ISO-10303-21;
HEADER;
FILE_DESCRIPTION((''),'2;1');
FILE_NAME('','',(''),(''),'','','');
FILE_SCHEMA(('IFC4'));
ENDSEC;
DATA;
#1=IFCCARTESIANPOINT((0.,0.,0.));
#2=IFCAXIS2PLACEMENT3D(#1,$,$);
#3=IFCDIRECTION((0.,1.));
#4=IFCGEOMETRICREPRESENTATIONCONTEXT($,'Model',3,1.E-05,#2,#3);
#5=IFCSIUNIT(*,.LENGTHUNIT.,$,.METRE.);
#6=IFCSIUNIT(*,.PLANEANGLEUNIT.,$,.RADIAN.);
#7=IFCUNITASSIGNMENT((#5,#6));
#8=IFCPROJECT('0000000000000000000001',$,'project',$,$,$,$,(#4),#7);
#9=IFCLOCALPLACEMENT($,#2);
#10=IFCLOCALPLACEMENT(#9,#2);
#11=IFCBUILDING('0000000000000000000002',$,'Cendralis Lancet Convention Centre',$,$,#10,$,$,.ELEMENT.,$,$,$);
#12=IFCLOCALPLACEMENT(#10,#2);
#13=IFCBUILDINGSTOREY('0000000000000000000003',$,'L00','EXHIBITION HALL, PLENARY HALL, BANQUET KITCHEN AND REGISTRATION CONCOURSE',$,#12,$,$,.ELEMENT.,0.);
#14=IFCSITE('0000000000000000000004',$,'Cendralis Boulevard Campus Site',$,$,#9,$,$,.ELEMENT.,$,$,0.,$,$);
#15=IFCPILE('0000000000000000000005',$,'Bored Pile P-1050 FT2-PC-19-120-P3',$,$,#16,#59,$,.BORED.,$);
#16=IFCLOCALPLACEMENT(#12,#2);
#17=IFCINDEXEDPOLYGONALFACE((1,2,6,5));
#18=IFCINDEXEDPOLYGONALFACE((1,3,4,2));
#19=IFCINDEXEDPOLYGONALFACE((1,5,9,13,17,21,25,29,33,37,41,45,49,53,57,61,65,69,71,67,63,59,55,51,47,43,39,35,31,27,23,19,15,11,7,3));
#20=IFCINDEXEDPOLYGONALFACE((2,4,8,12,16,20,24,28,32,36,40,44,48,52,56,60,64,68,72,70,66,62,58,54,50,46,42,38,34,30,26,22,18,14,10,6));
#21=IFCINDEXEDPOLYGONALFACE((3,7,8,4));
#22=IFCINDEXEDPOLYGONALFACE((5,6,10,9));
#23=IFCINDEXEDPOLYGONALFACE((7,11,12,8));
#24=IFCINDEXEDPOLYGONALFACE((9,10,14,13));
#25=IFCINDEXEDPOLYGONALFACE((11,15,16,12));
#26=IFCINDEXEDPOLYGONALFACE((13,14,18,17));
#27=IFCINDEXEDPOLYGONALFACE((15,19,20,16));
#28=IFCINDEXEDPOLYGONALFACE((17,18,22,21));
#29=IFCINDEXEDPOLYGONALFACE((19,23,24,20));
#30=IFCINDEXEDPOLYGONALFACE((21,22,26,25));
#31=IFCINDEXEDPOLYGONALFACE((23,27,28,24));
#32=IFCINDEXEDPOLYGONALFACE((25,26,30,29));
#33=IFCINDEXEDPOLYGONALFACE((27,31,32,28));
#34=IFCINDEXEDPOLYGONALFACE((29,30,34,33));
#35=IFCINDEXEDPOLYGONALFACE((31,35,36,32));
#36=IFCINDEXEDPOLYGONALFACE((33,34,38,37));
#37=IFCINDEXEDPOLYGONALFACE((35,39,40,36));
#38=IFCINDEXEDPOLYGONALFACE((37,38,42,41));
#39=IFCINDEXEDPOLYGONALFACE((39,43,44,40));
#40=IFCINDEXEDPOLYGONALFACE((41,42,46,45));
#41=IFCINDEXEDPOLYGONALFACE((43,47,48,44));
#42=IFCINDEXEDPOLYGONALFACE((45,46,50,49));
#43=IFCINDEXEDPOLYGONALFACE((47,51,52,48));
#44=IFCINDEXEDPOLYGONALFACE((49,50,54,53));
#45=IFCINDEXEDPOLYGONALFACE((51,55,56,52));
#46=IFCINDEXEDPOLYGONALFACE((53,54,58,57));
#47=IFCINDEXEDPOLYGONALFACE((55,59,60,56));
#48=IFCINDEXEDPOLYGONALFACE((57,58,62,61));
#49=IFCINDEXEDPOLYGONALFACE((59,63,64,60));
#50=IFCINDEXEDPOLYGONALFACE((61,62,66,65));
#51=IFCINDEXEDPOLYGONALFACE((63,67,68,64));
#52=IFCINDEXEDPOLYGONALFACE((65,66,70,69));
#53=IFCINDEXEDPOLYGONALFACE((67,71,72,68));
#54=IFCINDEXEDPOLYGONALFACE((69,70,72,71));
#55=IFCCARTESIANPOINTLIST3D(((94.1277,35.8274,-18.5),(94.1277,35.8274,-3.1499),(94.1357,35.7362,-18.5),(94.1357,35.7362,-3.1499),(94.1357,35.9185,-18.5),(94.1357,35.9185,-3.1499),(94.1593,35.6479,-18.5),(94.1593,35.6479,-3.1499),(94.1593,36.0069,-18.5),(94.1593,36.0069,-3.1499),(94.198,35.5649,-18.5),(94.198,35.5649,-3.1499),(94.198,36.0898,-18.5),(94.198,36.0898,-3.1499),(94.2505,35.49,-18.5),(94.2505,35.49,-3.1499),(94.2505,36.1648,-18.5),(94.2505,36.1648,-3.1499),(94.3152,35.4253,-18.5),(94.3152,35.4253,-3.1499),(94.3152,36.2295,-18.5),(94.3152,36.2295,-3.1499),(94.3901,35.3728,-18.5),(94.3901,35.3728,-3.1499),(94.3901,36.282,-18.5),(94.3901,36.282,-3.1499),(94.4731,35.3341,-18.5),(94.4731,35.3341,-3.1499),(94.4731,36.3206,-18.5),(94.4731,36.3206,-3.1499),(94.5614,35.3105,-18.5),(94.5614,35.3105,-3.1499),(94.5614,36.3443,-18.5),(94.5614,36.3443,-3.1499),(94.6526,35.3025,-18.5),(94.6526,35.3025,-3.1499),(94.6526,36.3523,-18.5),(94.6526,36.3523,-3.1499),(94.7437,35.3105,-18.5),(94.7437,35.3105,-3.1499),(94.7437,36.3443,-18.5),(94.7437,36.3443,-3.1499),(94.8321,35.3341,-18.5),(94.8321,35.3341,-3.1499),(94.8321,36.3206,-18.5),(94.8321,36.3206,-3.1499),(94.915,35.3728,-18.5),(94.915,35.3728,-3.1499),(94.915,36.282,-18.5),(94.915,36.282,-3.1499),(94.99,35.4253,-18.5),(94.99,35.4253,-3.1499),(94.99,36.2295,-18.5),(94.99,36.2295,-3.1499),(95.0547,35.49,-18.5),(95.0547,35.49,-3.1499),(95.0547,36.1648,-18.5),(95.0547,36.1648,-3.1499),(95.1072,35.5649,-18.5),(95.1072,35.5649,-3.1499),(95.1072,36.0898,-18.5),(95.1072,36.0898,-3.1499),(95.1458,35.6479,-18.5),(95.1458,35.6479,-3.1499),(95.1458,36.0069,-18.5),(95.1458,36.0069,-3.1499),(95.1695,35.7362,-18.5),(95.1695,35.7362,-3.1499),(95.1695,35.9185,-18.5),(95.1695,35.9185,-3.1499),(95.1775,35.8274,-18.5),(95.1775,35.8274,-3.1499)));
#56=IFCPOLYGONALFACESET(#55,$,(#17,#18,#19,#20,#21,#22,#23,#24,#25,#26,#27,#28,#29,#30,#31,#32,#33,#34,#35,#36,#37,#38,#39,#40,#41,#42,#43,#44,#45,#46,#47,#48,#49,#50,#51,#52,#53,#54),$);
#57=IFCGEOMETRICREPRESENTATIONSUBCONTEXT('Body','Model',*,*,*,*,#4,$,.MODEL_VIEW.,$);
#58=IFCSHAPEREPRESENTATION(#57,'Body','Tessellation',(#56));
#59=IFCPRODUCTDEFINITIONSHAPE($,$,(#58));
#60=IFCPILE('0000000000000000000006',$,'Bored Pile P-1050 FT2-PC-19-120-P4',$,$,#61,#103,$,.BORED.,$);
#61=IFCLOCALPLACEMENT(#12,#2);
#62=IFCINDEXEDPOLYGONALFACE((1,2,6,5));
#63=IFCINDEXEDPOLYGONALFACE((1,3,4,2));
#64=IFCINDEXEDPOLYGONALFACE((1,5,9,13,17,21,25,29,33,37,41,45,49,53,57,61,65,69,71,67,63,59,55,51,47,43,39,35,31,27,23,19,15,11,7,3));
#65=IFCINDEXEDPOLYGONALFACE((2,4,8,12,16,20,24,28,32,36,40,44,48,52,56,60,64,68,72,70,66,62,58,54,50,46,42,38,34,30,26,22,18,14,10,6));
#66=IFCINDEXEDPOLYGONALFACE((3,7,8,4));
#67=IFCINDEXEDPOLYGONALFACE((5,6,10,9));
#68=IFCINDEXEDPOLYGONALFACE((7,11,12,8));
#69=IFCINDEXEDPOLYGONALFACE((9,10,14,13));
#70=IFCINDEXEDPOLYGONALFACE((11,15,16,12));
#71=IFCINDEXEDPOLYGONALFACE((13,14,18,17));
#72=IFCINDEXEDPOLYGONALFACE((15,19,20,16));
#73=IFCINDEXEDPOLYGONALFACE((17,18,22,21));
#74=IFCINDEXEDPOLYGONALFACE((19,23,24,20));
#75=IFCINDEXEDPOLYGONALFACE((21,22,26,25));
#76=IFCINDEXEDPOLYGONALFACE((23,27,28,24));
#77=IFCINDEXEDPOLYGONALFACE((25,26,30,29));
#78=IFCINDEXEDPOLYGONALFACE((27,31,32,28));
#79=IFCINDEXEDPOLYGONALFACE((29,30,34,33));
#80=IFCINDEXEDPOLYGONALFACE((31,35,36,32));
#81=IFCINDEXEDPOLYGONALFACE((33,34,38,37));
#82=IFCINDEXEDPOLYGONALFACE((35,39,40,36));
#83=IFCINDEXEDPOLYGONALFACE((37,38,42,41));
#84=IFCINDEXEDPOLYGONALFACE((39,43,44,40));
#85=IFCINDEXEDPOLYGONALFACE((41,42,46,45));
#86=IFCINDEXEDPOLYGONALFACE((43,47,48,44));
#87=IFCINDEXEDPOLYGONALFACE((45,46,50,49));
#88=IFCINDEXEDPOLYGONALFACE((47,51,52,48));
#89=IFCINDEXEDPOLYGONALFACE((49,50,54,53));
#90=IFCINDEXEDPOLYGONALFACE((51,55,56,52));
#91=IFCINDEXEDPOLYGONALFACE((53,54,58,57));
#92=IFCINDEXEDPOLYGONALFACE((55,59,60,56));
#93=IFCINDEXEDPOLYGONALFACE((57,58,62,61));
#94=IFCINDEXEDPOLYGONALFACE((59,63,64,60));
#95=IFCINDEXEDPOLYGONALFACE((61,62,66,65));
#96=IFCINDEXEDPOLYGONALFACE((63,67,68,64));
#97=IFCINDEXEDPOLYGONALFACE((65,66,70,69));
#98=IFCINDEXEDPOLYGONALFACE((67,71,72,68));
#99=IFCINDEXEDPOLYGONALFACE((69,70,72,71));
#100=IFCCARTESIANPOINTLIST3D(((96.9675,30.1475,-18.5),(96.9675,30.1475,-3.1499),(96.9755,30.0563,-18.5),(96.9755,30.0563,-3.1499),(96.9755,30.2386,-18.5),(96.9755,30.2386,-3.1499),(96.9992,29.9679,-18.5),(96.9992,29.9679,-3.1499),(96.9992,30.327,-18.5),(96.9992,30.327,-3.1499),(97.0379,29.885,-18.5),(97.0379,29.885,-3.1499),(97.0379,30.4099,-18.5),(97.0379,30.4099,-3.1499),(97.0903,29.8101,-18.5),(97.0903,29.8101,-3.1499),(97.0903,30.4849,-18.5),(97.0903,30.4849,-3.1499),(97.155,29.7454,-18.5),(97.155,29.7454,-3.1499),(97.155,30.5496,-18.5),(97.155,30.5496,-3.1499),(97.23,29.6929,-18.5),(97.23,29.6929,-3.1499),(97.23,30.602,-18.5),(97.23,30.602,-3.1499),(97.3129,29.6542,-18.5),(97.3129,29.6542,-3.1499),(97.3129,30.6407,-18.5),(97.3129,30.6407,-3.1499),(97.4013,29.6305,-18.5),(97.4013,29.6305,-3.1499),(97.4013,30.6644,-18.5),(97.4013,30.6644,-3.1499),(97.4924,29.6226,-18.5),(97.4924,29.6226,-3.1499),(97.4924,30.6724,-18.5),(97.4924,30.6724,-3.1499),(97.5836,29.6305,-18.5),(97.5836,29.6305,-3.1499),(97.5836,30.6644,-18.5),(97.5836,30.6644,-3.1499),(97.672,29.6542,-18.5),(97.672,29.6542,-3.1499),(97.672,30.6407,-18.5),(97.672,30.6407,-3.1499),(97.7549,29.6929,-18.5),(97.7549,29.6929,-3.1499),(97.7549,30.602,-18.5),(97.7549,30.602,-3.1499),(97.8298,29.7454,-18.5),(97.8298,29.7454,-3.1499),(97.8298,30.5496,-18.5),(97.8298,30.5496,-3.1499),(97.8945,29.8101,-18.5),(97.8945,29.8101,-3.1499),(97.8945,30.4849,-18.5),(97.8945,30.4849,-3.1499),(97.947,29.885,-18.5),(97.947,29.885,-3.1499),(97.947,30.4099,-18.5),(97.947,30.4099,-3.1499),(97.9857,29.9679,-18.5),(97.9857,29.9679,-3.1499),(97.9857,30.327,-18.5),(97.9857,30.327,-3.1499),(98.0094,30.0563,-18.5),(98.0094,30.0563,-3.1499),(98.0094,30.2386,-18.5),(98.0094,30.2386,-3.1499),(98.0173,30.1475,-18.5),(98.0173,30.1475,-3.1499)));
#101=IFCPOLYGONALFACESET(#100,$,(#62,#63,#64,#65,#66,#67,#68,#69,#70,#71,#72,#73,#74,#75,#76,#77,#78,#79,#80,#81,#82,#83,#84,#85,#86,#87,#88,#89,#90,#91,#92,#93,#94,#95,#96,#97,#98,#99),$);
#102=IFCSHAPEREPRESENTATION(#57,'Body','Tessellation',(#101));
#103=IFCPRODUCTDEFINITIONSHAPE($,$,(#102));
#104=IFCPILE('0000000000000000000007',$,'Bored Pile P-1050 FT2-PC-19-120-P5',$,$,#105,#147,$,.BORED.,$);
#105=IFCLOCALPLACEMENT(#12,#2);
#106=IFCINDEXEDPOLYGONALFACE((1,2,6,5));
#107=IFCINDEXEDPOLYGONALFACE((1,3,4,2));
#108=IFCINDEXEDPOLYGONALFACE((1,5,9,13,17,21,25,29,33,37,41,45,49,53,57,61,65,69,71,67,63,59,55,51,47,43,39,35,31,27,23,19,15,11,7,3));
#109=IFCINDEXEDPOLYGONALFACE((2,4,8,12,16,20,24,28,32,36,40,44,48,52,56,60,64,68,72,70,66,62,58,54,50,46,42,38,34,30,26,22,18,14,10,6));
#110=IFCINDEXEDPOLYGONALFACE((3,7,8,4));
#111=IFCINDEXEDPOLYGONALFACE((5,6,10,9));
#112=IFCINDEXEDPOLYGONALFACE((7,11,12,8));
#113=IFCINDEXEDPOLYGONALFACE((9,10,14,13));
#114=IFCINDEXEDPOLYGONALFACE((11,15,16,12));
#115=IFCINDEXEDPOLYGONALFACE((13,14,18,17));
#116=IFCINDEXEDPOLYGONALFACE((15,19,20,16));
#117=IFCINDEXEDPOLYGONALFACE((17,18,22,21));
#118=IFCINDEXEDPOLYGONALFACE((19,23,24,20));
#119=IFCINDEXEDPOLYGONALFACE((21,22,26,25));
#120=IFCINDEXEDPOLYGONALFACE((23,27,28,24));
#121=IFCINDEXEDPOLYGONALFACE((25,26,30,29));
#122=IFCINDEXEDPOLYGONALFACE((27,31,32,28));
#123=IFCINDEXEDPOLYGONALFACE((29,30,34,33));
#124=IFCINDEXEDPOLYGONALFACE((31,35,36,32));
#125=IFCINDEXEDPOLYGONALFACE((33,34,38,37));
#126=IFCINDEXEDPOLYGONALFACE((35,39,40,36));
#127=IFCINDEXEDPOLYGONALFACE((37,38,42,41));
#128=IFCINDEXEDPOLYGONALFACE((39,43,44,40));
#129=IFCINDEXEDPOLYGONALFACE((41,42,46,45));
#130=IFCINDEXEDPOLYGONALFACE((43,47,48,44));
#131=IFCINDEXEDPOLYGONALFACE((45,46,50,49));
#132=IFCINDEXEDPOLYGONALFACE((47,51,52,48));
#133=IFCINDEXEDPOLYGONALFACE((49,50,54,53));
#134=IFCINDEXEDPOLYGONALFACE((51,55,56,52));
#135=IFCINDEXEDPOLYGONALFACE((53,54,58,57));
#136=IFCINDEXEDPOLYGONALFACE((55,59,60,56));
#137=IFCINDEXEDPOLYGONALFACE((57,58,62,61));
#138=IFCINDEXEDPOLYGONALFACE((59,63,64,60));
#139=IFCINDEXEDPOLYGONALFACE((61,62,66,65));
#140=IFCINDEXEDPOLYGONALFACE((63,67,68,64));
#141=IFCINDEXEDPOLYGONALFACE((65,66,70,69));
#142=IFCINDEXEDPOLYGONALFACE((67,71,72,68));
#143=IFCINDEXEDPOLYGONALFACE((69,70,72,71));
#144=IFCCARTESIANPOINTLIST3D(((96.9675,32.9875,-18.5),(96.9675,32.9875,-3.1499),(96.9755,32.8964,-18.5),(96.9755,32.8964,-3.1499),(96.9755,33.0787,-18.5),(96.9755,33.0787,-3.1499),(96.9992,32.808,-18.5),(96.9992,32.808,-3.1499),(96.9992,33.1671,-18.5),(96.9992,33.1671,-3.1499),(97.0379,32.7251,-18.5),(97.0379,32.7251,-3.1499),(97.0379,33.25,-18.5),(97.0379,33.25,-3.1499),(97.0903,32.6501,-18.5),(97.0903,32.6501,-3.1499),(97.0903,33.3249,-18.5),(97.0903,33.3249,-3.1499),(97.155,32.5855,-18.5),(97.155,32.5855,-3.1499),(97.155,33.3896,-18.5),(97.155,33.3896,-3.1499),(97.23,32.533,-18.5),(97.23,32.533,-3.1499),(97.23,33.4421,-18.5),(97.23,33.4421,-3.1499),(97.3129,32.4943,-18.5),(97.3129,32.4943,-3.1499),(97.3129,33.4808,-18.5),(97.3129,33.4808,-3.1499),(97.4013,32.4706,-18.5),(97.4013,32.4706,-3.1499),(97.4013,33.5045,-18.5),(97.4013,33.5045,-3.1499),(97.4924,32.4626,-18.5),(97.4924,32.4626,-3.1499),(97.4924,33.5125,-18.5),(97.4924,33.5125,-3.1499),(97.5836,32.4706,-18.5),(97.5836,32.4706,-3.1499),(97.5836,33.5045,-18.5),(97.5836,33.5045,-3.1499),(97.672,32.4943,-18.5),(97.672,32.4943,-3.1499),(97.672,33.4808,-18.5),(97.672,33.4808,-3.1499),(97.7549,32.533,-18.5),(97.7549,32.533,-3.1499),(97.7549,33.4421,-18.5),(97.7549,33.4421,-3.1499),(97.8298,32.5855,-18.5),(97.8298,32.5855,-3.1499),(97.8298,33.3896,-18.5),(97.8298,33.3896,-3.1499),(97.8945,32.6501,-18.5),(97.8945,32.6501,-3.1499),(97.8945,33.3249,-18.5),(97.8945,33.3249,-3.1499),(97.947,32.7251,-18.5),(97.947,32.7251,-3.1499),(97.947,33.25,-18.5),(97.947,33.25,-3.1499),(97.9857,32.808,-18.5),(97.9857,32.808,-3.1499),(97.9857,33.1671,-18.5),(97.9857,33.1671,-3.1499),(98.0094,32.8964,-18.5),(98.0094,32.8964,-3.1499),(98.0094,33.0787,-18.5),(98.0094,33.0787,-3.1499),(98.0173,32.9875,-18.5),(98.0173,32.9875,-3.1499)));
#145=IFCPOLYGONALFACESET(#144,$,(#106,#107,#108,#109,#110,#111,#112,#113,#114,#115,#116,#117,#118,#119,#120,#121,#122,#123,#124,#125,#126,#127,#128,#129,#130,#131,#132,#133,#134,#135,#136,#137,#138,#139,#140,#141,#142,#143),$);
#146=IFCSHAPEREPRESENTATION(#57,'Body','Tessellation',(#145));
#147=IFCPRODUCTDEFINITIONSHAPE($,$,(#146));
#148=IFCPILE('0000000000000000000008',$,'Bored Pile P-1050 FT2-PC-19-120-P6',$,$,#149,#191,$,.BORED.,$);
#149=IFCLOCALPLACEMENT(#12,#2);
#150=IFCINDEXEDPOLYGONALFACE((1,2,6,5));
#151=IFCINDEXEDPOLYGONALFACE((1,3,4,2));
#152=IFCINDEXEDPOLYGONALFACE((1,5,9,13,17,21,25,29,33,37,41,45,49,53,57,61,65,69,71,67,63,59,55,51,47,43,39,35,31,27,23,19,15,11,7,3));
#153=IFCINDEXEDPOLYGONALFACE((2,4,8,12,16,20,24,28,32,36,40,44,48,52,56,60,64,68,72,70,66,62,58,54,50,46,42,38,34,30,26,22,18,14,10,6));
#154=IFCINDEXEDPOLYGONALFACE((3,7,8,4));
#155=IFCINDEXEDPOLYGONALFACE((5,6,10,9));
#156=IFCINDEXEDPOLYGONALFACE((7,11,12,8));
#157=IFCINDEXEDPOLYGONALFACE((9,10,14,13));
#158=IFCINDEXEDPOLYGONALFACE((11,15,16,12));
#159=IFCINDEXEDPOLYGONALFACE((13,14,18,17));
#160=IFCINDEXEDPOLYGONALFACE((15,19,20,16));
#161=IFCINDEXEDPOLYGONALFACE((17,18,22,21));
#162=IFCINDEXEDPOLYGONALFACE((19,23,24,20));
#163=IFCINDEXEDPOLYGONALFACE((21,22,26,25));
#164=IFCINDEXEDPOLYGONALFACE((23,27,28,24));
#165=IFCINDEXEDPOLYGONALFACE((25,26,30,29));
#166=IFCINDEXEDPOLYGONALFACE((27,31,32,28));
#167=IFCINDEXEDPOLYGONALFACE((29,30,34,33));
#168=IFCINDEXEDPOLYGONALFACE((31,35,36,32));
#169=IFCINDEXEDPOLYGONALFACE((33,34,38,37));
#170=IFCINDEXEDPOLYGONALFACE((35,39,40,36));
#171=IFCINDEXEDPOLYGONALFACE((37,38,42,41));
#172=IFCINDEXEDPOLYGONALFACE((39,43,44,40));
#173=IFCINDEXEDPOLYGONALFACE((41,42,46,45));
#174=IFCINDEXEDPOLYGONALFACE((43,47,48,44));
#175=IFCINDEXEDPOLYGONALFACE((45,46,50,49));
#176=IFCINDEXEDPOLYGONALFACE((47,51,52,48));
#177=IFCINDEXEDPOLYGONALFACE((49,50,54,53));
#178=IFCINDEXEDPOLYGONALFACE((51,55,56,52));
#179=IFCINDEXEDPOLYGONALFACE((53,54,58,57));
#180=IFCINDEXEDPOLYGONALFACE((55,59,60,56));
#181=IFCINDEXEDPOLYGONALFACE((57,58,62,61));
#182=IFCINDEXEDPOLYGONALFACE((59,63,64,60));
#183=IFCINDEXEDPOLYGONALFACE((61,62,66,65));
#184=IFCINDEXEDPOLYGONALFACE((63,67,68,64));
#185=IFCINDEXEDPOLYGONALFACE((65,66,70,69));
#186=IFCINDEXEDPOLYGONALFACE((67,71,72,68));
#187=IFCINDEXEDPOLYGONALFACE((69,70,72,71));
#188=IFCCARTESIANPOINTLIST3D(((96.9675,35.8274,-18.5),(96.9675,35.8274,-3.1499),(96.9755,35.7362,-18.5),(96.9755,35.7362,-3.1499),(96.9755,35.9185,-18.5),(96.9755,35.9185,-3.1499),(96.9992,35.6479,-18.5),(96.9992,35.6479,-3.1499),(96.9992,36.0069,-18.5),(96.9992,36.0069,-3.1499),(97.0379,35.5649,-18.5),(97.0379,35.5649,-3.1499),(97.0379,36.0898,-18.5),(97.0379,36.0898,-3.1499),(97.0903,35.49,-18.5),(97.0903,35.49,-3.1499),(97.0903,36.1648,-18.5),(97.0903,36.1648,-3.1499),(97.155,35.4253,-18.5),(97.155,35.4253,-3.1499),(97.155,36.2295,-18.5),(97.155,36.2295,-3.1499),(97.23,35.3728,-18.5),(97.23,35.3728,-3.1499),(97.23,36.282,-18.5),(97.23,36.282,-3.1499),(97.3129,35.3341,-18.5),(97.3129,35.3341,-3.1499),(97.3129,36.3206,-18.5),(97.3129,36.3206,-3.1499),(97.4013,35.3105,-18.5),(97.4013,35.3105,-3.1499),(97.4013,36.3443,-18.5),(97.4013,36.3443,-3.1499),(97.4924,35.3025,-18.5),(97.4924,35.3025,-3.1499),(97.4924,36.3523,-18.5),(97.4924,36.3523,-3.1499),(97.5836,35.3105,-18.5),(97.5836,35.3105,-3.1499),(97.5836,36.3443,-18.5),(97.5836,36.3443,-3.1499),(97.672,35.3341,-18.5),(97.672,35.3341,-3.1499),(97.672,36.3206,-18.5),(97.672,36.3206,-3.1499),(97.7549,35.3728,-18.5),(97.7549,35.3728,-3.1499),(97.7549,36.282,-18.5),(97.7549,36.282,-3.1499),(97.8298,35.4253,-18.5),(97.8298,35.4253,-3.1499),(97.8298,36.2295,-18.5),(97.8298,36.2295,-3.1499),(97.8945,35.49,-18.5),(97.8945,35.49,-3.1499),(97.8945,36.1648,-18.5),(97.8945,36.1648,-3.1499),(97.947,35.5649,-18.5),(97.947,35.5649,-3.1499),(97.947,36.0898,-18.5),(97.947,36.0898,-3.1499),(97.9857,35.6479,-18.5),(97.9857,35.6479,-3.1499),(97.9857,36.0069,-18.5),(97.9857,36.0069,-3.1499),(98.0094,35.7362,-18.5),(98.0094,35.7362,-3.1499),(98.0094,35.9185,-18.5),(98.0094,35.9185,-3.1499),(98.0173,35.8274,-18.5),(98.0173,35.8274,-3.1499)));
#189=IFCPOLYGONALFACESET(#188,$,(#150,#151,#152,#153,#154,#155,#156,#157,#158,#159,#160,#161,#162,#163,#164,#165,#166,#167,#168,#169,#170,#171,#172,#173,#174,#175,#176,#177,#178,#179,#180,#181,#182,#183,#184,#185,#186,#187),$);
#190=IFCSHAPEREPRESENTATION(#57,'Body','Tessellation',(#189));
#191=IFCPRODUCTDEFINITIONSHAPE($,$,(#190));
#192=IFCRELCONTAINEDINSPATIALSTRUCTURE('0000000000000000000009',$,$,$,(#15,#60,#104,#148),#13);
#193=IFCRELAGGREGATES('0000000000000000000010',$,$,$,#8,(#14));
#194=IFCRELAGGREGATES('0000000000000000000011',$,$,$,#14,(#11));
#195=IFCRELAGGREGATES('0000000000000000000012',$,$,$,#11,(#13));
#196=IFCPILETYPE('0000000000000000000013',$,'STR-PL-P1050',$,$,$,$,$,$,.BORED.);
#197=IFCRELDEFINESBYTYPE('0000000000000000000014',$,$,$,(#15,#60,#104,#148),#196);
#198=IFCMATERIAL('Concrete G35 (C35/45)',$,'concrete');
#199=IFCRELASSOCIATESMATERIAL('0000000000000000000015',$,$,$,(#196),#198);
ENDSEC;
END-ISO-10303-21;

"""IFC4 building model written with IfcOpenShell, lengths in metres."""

from ifc_helpers import new_model, si_unit, direction, frame, origin, origin_2d, place, context, subcontext, project, spatial, circle, extrude, material, material_profile, profile_set, type_object, element, save


model = new_model("IFC4")

# Units and contexts
model_context = context("Model", 3, precision=1e-05, world=origin(), true_north=direction((0.0, 1.0)))
body_context = subcontext(model_context, "Body", "Model", "MODEL_VIEW")
ifc_project = project(units=[si_unit("LENGTHUNIT", "METRE"), si_unit("PLANEANGLEUNIT", "RADIAN")], contexts=[model_context])

# Site, building, storey
site_placement = place(None, origin())
site = spatial("IfcSite", under=ifc_project, at=site_placement, Name="Cendralis Boulevard Campus Site", CompositionType="ELEMENT", RefElevation=0.0)
building_placement = place(site_placement, origin())
building = spatial("IfcBuilding", under=site, at=building_placement, Name="Cendralis Lancet Convention Centre", CompositionType="ELEMENT")
storey_placement = place(building_placement, origin())
storey = spatial("IfcBuildingStorey", under=building, at=storey_placement, Name="L00", Description="EXHIBITION HALL, PLENARY HALL, BANQUET KITCHEN AND REGISTRATION CONCOURSE", CompositionType="ELEMENT", Elevation=0.0)

# Shared definitions
ifc_material_1 = material(Name="Concrete G35 (C35/45)", Category="concrete")

# Piles
ifc_material_profile_1 = material_profile(ifc_material_1, circle(Radius=0.5249, at=origin_2d()), Name="BORED PILE D1050")
ifc_profile_set_1 = profile_set([ifc_material_profile_1], Name="Concrete G35 (C35/45)")
pile_type_1 = type_object("IfcPileType", Name="STR-PL-P1050", PredefinedType="BORED", material=ifc_profile_set_1)
for number, where, z_axis, x_axis, name in (
    (1, (94.6526, 35.8274, -3.1499), (0.0, 0.0, -1.0), (1.0, 0.0, 0.0), "Bored Pile P-1050 FT2-PC-19-120-P3"),
    (2, (97.4924, 30.1475, -3.1499), (0.0, 0.0, -1.0), (1.0, 0.0, 0.0), "Bored Pile P-1050 FT2-PC-19-120-P4"),
    (3, (97.4924, 32.9875, -3.1499), (0.0, 0.0, -1.0), (1.0, 0.0, 0.0), "Bored Pile P-1050 FT2-PC-19-120-P5"),
    (4, (97.4924, 35.8274, -3.1499), (0.0, 0.0, -1.0), (1.0, 0.0, 0.0), "Bored Pile P-1050 FT2-PC-19-120-P6"),
):
    element("IfcPile", number, at=place(storey_placement, frame(where, z_axis=z_axis, x_axis=x_axis)), inside=storey, type_object=pile_type_1, Name=name, PredefinedType="BORED", context=body_context, shape_type="SweptSolid", body=[
        extrude(circle(Radius=0.5249, at=origin_2d()), origin(), (0.0, 0.0, 1.0), 15.3501),
    ])

save(model, "model.ifc")
